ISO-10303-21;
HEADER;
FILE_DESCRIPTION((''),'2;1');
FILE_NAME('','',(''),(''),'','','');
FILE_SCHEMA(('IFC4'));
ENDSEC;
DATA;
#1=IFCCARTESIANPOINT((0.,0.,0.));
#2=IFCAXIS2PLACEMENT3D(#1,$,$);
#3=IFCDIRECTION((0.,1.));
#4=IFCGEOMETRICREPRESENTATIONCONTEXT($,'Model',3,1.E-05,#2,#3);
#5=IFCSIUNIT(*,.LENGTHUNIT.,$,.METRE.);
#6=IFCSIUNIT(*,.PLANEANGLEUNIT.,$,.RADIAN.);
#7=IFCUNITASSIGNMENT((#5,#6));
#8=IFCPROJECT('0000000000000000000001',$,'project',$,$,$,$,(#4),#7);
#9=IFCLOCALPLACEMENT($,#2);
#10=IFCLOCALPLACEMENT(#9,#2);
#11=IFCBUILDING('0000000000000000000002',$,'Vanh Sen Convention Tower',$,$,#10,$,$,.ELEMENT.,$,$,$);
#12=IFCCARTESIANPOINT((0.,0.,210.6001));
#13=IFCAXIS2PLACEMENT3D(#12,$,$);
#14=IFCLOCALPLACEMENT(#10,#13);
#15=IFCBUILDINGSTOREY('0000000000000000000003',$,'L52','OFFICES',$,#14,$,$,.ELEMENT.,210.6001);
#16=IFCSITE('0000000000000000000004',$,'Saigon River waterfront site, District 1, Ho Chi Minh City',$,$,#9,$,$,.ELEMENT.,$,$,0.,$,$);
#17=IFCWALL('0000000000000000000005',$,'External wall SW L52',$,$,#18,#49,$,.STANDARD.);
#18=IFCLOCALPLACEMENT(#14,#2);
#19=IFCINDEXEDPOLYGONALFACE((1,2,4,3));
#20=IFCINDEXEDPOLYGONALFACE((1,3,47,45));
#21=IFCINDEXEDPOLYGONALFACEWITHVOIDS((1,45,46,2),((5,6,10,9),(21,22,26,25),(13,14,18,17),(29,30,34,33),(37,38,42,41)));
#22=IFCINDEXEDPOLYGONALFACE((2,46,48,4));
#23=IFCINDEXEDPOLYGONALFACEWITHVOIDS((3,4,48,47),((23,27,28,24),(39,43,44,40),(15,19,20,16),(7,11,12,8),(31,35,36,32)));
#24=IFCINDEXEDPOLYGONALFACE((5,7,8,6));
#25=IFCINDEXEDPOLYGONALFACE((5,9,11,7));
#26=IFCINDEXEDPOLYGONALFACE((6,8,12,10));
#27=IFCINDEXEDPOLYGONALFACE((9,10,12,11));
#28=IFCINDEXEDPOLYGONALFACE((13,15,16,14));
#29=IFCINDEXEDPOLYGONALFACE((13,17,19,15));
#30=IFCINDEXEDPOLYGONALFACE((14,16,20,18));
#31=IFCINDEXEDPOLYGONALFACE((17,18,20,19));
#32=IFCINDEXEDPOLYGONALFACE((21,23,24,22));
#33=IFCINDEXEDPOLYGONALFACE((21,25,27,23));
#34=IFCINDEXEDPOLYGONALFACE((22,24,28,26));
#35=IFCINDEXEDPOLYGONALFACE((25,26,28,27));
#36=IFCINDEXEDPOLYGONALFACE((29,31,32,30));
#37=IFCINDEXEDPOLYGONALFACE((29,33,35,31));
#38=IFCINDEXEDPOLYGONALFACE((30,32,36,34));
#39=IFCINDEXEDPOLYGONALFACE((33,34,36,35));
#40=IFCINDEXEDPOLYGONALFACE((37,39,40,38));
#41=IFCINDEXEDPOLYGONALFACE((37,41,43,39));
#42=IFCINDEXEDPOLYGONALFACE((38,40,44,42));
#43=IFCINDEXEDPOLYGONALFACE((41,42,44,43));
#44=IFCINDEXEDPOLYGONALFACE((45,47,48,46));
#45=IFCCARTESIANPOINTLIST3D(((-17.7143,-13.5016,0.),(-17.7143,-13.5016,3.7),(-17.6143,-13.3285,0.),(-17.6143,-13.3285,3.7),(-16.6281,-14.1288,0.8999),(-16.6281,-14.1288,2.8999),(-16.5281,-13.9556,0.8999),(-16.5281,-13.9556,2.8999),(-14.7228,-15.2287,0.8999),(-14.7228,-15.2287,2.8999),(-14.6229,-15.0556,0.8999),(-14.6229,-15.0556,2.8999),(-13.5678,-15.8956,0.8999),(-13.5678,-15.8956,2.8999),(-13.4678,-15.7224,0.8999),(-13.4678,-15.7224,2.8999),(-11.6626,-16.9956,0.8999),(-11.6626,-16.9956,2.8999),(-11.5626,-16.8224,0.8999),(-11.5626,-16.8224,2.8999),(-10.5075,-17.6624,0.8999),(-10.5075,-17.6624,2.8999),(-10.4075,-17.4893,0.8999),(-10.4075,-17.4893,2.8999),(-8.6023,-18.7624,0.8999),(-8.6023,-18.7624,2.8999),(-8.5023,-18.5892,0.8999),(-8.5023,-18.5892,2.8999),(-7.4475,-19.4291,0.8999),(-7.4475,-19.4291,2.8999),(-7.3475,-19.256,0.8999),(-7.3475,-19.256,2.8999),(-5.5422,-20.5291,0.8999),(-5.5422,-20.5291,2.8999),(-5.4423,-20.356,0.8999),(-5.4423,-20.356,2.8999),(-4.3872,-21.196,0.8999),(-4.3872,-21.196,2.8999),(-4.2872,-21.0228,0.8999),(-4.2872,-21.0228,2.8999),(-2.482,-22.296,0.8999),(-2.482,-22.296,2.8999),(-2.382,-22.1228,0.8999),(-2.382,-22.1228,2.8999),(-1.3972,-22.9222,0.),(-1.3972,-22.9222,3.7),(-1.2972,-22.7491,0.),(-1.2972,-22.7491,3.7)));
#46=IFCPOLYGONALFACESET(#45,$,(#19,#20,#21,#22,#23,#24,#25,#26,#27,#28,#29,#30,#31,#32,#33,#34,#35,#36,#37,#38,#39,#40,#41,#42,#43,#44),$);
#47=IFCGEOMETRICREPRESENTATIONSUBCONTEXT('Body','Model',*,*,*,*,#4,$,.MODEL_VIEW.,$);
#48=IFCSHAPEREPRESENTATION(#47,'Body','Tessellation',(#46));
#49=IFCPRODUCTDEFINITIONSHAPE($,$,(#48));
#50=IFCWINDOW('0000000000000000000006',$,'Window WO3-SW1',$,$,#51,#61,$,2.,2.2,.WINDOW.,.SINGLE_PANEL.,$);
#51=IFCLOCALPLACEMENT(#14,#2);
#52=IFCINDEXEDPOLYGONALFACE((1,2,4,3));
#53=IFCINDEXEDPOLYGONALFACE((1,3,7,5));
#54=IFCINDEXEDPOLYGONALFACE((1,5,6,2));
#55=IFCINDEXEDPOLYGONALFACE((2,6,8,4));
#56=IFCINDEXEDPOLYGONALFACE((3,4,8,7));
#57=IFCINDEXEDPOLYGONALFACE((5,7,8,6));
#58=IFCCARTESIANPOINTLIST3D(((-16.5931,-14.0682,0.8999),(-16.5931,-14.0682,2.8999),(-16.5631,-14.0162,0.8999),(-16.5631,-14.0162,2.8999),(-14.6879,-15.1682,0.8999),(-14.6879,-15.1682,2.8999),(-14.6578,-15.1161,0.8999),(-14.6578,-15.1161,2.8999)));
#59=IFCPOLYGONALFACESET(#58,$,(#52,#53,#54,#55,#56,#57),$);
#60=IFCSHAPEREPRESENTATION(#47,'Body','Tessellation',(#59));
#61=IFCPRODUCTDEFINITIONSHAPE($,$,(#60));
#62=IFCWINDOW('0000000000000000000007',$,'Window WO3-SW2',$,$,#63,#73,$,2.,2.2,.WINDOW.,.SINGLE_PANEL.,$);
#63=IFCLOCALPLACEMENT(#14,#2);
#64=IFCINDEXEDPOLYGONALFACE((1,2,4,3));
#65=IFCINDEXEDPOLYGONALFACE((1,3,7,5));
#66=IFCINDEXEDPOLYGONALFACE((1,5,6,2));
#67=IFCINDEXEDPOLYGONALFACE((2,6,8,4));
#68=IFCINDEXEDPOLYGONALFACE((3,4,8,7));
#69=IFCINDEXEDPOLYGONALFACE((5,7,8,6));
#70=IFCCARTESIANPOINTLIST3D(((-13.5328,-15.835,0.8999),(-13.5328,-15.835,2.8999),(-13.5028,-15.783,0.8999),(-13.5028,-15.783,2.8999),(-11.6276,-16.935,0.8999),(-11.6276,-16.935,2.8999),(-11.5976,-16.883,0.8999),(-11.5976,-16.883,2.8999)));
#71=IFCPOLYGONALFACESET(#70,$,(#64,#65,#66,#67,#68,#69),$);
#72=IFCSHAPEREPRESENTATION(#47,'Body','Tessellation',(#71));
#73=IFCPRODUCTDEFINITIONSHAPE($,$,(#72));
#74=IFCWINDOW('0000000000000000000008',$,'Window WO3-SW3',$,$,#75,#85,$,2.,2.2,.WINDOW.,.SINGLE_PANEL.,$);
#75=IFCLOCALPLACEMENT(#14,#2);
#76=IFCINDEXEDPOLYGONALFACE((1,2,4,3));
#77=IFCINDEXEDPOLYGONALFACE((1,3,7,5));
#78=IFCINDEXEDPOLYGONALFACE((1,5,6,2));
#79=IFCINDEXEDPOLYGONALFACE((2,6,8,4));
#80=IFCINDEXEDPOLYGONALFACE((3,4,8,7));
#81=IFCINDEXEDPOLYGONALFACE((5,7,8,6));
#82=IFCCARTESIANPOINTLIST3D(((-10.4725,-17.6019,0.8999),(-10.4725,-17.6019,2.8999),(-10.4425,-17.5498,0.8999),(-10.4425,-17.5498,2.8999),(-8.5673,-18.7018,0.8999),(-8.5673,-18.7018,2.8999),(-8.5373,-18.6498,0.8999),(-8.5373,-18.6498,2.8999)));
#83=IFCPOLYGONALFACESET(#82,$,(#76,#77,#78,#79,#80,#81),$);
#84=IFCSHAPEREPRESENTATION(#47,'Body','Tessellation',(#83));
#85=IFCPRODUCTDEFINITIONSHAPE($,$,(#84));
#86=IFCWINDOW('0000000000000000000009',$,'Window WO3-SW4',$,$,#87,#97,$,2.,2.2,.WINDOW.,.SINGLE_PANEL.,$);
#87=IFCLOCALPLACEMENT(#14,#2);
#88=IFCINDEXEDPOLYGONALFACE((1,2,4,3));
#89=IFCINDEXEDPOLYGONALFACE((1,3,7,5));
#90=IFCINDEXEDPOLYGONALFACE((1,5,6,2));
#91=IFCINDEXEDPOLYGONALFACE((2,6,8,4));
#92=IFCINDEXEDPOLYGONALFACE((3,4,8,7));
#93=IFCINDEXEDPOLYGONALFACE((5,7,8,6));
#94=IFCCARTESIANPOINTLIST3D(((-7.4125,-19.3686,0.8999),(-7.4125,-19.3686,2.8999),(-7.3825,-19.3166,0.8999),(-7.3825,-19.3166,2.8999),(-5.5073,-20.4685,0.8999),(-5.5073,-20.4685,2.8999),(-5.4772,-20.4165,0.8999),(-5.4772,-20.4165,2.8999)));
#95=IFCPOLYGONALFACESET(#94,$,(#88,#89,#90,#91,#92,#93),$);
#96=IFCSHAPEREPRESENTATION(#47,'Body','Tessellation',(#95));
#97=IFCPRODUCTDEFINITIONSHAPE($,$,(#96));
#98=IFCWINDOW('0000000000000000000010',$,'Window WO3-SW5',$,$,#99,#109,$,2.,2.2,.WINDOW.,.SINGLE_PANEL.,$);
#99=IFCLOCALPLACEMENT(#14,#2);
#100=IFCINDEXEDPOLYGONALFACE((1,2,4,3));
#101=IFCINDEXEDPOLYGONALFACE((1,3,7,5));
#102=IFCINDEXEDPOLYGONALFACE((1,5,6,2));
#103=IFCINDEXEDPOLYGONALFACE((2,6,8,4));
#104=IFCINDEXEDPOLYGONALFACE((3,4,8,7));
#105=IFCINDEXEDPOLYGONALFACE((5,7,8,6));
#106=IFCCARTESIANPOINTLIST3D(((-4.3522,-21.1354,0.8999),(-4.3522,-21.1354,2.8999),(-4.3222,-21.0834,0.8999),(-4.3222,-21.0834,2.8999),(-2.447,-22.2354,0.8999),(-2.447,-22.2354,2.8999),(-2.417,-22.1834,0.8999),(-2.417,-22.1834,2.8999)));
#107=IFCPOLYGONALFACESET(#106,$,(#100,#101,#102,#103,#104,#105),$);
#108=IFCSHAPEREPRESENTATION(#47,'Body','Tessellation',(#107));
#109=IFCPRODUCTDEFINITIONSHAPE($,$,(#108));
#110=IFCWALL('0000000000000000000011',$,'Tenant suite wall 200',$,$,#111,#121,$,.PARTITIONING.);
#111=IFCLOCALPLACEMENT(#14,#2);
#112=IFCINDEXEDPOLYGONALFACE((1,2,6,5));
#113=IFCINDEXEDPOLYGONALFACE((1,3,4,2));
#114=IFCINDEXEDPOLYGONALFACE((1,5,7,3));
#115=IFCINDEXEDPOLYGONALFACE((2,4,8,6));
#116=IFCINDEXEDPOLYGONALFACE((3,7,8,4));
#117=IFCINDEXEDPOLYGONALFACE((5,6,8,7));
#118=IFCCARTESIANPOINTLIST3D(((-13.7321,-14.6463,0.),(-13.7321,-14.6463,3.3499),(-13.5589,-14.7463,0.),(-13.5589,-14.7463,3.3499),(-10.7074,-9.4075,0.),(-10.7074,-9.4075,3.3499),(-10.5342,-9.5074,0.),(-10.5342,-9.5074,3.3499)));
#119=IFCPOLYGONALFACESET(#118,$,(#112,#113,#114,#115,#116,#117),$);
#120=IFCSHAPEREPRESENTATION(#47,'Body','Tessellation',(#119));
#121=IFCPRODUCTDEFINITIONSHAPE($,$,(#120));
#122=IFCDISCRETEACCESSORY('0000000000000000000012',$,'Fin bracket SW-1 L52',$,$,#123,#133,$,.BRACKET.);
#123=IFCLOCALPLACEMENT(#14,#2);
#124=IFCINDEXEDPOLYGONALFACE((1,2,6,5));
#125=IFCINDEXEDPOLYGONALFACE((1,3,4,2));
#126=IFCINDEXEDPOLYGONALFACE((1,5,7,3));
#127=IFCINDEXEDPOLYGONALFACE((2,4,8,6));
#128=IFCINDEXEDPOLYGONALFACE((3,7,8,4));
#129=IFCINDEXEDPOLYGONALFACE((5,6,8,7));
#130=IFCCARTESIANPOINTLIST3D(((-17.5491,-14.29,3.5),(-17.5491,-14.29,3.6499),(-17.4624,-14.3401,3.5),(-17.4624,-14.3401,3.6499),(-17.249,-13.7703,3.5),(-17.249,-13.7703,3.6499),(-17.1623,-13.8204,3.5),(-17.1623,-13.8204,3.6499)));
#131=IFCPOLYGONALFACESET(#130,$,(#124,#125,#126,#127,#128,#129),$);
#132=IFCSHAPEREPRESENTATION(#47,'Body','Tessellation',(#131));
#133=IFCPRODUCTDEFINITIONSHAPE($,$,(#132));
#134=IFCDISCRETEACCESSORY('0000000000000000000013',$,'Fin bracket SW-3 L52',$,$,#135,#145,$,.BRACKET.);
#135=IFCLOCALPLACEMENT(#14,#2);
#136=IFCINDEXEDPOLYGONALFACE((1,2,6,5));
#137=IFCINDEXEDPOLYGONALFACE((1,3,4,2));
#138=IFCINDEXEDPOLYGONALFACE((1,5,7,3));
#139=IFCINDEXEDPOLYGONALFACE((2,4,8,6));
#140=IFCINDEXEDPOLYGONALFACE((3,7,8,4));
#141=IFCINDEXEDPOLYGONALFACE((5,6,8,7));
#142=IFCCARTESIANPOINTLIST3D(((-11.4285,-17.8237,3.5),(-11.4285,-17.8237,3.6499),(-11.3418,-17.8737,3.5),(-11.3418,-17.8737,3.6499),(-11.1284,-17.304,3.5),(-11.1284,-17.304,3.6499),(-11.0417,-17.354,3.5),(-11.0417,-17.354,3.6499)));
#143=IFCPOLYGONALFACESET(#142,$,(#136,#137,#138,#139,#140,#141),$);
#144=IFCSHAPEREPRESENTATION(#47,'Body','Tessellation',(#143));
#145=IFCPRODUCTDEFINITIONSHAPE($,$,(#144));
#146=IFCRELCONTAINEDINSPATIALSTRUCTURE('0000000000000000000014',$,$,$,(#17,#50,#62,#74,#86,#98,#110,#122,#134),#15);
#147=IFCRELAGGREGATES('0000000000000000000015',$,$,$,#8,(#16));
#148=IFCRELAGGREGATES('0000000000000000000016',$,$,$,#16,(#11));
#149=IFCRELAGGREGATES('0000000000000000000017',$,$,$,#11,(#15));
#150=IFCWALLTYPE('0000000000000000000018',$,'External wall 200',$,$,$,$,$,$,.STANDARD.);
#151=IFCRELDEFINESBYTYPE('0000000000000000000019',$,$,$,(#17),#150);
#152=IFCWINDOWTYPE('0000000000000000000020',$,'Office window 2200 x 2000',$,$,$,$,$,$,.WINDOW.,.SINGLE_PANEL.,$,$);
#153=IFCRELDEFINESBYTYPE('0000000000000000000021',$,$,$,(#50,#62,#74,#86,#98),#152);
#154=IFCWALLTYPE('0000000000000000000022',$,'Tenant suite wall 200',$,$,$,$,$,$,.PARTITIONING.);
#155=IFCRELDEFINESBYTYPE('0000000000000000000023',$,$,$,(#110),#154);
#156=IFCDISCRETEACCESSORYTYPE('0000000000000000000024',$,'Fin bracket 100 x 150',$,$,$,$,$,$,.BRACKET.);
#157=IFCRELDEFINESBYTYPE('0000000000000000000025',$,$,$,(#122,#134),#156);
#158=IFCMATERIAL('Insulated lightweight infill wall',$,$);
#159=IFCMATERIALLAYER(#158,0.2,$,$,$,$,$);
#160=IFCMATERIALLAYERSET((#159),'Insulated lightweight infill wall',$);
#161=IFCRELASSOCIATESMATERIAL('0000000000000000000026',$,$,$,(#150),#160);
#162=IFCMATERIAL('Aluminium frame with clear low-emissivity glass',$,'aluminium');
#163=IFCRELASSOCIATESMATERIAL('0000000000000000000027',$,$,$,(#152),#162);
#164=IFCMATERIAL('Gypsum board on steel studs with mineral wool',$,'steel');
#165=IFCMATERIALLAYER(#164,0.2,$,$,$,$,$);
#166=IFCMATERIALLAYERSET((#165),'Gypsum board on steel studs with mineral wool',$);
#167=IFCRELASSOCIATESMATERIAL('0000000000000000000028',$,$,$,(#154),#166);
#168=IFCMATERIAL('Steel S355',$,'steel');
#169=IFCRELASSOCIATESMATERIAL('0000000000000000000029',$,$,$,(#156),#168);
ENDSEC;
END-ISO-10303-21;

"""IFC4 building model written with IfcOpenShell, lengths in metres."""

from ifc_helpers import new_model, si_unit, direction, frame, frame_2d, origin, origin_2d, place, context, subcontext, project, spatial, rectangle, extrude, material, layer, layer_set, type_object, element, fill, save


model = new_model("IFC4")

# Units and contexts
model_context = context("Model", 3, precision=1e-05, world=origin(), true_north=direction((0.0, 1.0)))
body_context = subcontext(model_context, "Body", "Model", "MODEL_VIEW")
ifc_project = project(units=[si_unit("LENGTHUNIT", "METRE"), si_unit("PLANEANGLEUNIT", "RADIAN")], contexts=[model_context])

# Site, building, storey
site_placement = place(None, origin())
site = spatial("IfcSite", under=ifc_project, at=site_placement, Name="Saigon River waterfront site, District 1, Ho Chi Minh City", CompositionType="ELEMENT", RefElevation=0.0)
building_placement = place(site_placement, origin())
building = spatial("IfcBuilding", under=site, at=building_placement, Name="Vanh Sen Convention Tower", CompositionType="ELEMENT")
storey_placement = place(building_placement, frame((0.0, 0.0, 210.6001)))
storey = spatial("IfcBuildingStorey", under=building, at=storey_placement, Name="L52", Description="OFFICES", CompositionType="ELEMENT", Elevation=210.6001)

# Shared definitions
ifc_material_1 = material(Name="Gypsum board on steel studs with mineral wool", Category="steel")

# Wall, openings, windows
ifc_material_2 = material(Name="Insulated lightweight infill wall")
ifc_layer_1 = layer(ifc_material_2, 0.2)
ifc_layer_set_1 = layer_set([ifc_layer_1], Name="Insulated lightweight infill wall")
wall_type_1 = type_object("IfcWallType", Name="External wall 200", PredefinedType="STANDARD", material=ifc_layer_set_1)
wall_1_placement = place(storey_placement, frame((-17.6643, -13.415, 0.0), z_axis=(0.0, 0.0, 1.0), x_axis=(0.866027, -0.499998, 0.0)))
wall_1 = element("IfcWall", 1, at=wall_1_placement, inside=storey, type_object=wall_type_1, Name="External wall SW L52", PredefinedType="STANDARD", context=body_context, shape_type="SweptSolid", body=[
    extrude(rectangle(XDim=18.8413, YDim=0.2, at=frame_2d((9.4207, 0.0))), origin(), (0.0, 0.0, 1.0), 3.7),
])
opening_1_placement = place(wall_1_placement, frame((1.2542, 0.0, 0.8999)))
opening_1 = element("IfcOpeningElement", 2, at=opening_1_placement, cuts=wall_1, PredefinedType="OPENING", context=body_context, shape_type="SweptSolid", body=[
    extrude(rectangle(XDim=2.2, YDim=2.0, at=frame_2d((1.1001, 1.0))), frame((0.0, 0.1099, 0.0), z_axis=(0.0, -1.0, 0.0), x_axis=(1.0, 0.0, 0.0)), (0.0, 0.0, 1.0), 0.22),
])
opening_2_placement = place(wall_1_placement, frame((4.7878, 0.0, 0.8999)))
opening_2 = element("IfcOpeningElement", 3, at=opening_2_placement, cuts=wall_1, PredefinedType="OPENING", context=body_context, shape_type="SweptSolid", body=[
    extrude(rectangle(XDim=2.2, YDim=2.0, at=frame_2d((1.1001, 1.0))), frame((0.0, 0.1099, 0.0), z_axis=(0.0, -1.0, 0.0), x_axis=(1.0, 0.0, 0.0)), (0.0, 0.0, 1.0), 0.22),
])
opening_3_placement = place(wall_1_placement, frame((8.3215, 0.0, 0.8999)))
opening_3 = element("IfcOpeningElement", 4, at=opening_3_placement, cuts=wall_1, PredefinedType="OPENING", context=body_context, shape_type="SweptSolid", body=[
    extrude(rectangle(XDim=2.2, YDim=2.0, at=frame_2d((1.1001, 1.0))), frame((0.0, 0.1099, 0.0), z_axis=(0.0, -1.0, 0.0), x_axis=(1.0, 0.0, 0.0)), (0.0, 0.0, 1.0), 0.22),
])
opening_4_placement = place(wall_1_placement, frame((11.855, 0.0, 0.8999)))
opening_4 = element("IfcOpeningElement", 5, at=opening_4_placement, cuts=wall_1, PredefinedType="OPENING", context=body_context, shape_type="SweptSolid", body=[
    extrude(rectangle(XDim=2.2, YDim=2.0, at=frame_2d((1.1001, 1.0))), frame((0.0, 0.1099, 0.0), z_axis=(0.0, -1.0, 0.0), x_axis=(1.0, 0.0, 0.0)), (0.0, 0.0, 1.0), 0.22),
])
opening_5_placement = place(wall_1_placement, frame((15.3887, 0.0, 0.8999)))
opening_5 = element("IfcOpeningElement", 6, at=opening_5_placement, cuts=wall_1, PredefinedType="OPENING", context=body_context, shape_type="SweptSolid", body=[
    extrude(rectangle(XDim=2.2, YDim=2.0, at=frame_2d((1.1001, 1.0))), frame((0.0, 0.1099, 0.0), z_axis=(0.0, -1.0, 0.0), x_axis=(1.0, 0.0, 0.0)), (0.0, 0.0, 1.0), 0.22),
])
ifc_material_3 = material(Name="Aluminium frame with clear low-emissivity glass", Category="aluminium")
window_type = type_object("IfcWindowType", Name="Office window 2200 x 2000", PartitioningType="SINGLE_PANEL", PredefinedType="WINDOW", material=ifc_material_3)
window_1_placement = place(opening_1_placement, origin())
window_1 = element("IfcWindow", 7, at=window_1_placement, inside=storey, type_object=window_type, Name="Window WO3-SW1", OverallHeight=2.0, OverallWidth=2.2, PartitioningType="SINGLE_PANEL", PredefinedType="WINDOW", context=body_context, shape_type="SweptSolid", body=[
    extrude(rectangle(XDim=2.2, YDim=2.0, at=frame_2d((1.1001, 1.0))), frame((0.0, 0.03, 0.0), z_axis=(0.0, -1.0, 0.0), x_axis=(1.0, 0.0, 0.0)), (0.0, 0.0, 1.0), 0.0601),
])
fill(opening_1, window_1)
window_2_placement = place(opening_2_placement, origin())
window_2 = element("IfcWindow", 8, at=window_2_placement, inside=storey, type_object=window_type, Name="Window WO3-SW2", OverallHeight=2.0, OverallWidth=2.2, PartitioningType="SINGLE_PANEL", PredefinedType="WINDOW", context=body_context, shape_type="SweptSolid", body=[
    extrude(rectangle(XDim=2.2, YDim=2.0, at=frame_2d((1.1001, 1.0))), frame((0.0, 0.03, 0.0), z_axis=(0.0, -1.0, 0.0), x_axis=(1.0, 0.0, 0.0)), (0.0, 0.0, 1.0), 0.0601),
])
fill(opening_2, window_2)
window_3_placement = place(opening_3_placement, origin())
window_3 = element("IfcWindow", 9, at=window_3_placement, inside=storey, type_object=window_type, Name="Window WO3-SW3", OverallHeight=2.0, OverallWidth=2.2, PartitioningType="SINGLE_PANEL", PredefinedType="WINDOW", context=body_context, shape_type="SweptSolid", body=[
    extrude(rectangle(XDim=2.2, YDim=2.0, at=frame_2d((1.1001, 1.0))), frame((0.0, 0.03, 0.0), z_axis=(0.0, -1.0, 0.0), x_axis=(1.0, 0.0, 0.0)), (0.0, 0.0, 1.0), 0.0601),
])
fill(opening_3, window_3)
window_4_placement = place(opening_4_placement, origin())
window_4 = element("IfcWindow", 10, at=window_4_placement, inside=storey, type_object=window_type, Name="Window WO3-SW4", OverallHeight=2.0, OverallWidth=2.2, PartitioningType="SINGLE_PANEL", PredefinedType="WINDOW", context=body_context, shape_type="SweptSolid", body=[
    extrude(rectangle(XDim=2.2, YDim=2.0, at=frame_2d((1.1001, 1.0))), frame((0.0, 0.03, 0.0), z_axis=(0.0, -1.0, 0.0), x_axis=(1.0, 0.0, 0.0)), (0.0, 0.0, 1.0), 0.0601),
])
fill(opening_4, window_4)
window_5_placement = place(opening_5_placement, origin())
window_5 = element("IfcWindow", 11, at=window_5_placement, inside=storey, type_object=window_type, Name="Window WO3-SW5", OverallHeight=2.0, OverallWidth=2.2, PartitioningType="SINGLE_PANEL", PredefinedType="WINDOW", context=body_context, shape_type="SweptSolid", body=[
    extrude(rectangle(XDim=2.2, YDim=2.0, at=frame_2d((1.1001, 1.0))), frame((0.0, 0.03, 0.0), z_axis=(0.0, -1.0, 0.0), x_axis=(1.0, 0.0, 0.0)), (0.0, 0.0, 1.0), 0.0601),
])
fill(opening_5, window_5)

# Wall
ifc_layer_2 = layer(ifc_material_1, 0.2)
ifc_layer_set_2 = layer_set([ifc_layer_2], Name="Gypsum board on steel studs with mineral wool")
wall_type_2 = type_object("IfcWallType", Name="Tenant suite wall 200", PredefinedType="PARTITIONING", material=ifc_layer_set_2)
wall_2_placement = place(storey_placement, frame((-13.6455, -14.6963, 0.0), z_axis=(0.0, 0.0, 1.0), x_axis=(0.500007, 0.866022, 0.0)))
element("IfcWall", 12, at=wall_2_placement, inside=storey, type_object=wall_type_2, Name="Tenant suite wall 200", PredefinedType="PARTITIONING", context=body_context, shape_type="SweptSolid", body=[
    extrude(rectangle(XDim=6.0493, YDim=0.2, at=frame_2d((3.0247, 0.0))), origin(), (0.0, 0.0, 1.0), 3.3499),
])

# Discrete accessories
ifc_material_4 = material(Name="Steel S355", Category="steel")
discrete_accessory_type = type_object("IfcDiscreteAccessoryType", Name="Fin bracket 100 x 150", PredefinedType="BRACKET", material=ifc_material_4)
for number, where, z_axis, x_axis, name in (
    (13, (-17.3557, -14.0552, 3.5), (0.0, 0.0, 1.0), (-0.5, -0.866025, 0.0), "Fin bracket SW-1 L52"),
    (14, (-11.2351, -17.5889, 3.5), (0.0, 0.0, 1.0), (-0.5, -0.866025, 0.0), "Fin bracket SW-3 L52"),
):
    element("IfcDiscreteAccessory", number, at=place(storey_placement, frame(where, z_axis=z_axis, x_axis=x_axis)), inside=storey, type_object=discrete_accessory_type, Name=name, PredefinedType="BRACKET", context=body_context, shape_type="SweptSolid", body=[
        extrude(rectangle(XDim=0.6001, YDim=0.1001, at=origin_2d()), origin(), (0.0, 0.0, 1.0), 0.1499),
    ])

save(model, "model.ifc")
